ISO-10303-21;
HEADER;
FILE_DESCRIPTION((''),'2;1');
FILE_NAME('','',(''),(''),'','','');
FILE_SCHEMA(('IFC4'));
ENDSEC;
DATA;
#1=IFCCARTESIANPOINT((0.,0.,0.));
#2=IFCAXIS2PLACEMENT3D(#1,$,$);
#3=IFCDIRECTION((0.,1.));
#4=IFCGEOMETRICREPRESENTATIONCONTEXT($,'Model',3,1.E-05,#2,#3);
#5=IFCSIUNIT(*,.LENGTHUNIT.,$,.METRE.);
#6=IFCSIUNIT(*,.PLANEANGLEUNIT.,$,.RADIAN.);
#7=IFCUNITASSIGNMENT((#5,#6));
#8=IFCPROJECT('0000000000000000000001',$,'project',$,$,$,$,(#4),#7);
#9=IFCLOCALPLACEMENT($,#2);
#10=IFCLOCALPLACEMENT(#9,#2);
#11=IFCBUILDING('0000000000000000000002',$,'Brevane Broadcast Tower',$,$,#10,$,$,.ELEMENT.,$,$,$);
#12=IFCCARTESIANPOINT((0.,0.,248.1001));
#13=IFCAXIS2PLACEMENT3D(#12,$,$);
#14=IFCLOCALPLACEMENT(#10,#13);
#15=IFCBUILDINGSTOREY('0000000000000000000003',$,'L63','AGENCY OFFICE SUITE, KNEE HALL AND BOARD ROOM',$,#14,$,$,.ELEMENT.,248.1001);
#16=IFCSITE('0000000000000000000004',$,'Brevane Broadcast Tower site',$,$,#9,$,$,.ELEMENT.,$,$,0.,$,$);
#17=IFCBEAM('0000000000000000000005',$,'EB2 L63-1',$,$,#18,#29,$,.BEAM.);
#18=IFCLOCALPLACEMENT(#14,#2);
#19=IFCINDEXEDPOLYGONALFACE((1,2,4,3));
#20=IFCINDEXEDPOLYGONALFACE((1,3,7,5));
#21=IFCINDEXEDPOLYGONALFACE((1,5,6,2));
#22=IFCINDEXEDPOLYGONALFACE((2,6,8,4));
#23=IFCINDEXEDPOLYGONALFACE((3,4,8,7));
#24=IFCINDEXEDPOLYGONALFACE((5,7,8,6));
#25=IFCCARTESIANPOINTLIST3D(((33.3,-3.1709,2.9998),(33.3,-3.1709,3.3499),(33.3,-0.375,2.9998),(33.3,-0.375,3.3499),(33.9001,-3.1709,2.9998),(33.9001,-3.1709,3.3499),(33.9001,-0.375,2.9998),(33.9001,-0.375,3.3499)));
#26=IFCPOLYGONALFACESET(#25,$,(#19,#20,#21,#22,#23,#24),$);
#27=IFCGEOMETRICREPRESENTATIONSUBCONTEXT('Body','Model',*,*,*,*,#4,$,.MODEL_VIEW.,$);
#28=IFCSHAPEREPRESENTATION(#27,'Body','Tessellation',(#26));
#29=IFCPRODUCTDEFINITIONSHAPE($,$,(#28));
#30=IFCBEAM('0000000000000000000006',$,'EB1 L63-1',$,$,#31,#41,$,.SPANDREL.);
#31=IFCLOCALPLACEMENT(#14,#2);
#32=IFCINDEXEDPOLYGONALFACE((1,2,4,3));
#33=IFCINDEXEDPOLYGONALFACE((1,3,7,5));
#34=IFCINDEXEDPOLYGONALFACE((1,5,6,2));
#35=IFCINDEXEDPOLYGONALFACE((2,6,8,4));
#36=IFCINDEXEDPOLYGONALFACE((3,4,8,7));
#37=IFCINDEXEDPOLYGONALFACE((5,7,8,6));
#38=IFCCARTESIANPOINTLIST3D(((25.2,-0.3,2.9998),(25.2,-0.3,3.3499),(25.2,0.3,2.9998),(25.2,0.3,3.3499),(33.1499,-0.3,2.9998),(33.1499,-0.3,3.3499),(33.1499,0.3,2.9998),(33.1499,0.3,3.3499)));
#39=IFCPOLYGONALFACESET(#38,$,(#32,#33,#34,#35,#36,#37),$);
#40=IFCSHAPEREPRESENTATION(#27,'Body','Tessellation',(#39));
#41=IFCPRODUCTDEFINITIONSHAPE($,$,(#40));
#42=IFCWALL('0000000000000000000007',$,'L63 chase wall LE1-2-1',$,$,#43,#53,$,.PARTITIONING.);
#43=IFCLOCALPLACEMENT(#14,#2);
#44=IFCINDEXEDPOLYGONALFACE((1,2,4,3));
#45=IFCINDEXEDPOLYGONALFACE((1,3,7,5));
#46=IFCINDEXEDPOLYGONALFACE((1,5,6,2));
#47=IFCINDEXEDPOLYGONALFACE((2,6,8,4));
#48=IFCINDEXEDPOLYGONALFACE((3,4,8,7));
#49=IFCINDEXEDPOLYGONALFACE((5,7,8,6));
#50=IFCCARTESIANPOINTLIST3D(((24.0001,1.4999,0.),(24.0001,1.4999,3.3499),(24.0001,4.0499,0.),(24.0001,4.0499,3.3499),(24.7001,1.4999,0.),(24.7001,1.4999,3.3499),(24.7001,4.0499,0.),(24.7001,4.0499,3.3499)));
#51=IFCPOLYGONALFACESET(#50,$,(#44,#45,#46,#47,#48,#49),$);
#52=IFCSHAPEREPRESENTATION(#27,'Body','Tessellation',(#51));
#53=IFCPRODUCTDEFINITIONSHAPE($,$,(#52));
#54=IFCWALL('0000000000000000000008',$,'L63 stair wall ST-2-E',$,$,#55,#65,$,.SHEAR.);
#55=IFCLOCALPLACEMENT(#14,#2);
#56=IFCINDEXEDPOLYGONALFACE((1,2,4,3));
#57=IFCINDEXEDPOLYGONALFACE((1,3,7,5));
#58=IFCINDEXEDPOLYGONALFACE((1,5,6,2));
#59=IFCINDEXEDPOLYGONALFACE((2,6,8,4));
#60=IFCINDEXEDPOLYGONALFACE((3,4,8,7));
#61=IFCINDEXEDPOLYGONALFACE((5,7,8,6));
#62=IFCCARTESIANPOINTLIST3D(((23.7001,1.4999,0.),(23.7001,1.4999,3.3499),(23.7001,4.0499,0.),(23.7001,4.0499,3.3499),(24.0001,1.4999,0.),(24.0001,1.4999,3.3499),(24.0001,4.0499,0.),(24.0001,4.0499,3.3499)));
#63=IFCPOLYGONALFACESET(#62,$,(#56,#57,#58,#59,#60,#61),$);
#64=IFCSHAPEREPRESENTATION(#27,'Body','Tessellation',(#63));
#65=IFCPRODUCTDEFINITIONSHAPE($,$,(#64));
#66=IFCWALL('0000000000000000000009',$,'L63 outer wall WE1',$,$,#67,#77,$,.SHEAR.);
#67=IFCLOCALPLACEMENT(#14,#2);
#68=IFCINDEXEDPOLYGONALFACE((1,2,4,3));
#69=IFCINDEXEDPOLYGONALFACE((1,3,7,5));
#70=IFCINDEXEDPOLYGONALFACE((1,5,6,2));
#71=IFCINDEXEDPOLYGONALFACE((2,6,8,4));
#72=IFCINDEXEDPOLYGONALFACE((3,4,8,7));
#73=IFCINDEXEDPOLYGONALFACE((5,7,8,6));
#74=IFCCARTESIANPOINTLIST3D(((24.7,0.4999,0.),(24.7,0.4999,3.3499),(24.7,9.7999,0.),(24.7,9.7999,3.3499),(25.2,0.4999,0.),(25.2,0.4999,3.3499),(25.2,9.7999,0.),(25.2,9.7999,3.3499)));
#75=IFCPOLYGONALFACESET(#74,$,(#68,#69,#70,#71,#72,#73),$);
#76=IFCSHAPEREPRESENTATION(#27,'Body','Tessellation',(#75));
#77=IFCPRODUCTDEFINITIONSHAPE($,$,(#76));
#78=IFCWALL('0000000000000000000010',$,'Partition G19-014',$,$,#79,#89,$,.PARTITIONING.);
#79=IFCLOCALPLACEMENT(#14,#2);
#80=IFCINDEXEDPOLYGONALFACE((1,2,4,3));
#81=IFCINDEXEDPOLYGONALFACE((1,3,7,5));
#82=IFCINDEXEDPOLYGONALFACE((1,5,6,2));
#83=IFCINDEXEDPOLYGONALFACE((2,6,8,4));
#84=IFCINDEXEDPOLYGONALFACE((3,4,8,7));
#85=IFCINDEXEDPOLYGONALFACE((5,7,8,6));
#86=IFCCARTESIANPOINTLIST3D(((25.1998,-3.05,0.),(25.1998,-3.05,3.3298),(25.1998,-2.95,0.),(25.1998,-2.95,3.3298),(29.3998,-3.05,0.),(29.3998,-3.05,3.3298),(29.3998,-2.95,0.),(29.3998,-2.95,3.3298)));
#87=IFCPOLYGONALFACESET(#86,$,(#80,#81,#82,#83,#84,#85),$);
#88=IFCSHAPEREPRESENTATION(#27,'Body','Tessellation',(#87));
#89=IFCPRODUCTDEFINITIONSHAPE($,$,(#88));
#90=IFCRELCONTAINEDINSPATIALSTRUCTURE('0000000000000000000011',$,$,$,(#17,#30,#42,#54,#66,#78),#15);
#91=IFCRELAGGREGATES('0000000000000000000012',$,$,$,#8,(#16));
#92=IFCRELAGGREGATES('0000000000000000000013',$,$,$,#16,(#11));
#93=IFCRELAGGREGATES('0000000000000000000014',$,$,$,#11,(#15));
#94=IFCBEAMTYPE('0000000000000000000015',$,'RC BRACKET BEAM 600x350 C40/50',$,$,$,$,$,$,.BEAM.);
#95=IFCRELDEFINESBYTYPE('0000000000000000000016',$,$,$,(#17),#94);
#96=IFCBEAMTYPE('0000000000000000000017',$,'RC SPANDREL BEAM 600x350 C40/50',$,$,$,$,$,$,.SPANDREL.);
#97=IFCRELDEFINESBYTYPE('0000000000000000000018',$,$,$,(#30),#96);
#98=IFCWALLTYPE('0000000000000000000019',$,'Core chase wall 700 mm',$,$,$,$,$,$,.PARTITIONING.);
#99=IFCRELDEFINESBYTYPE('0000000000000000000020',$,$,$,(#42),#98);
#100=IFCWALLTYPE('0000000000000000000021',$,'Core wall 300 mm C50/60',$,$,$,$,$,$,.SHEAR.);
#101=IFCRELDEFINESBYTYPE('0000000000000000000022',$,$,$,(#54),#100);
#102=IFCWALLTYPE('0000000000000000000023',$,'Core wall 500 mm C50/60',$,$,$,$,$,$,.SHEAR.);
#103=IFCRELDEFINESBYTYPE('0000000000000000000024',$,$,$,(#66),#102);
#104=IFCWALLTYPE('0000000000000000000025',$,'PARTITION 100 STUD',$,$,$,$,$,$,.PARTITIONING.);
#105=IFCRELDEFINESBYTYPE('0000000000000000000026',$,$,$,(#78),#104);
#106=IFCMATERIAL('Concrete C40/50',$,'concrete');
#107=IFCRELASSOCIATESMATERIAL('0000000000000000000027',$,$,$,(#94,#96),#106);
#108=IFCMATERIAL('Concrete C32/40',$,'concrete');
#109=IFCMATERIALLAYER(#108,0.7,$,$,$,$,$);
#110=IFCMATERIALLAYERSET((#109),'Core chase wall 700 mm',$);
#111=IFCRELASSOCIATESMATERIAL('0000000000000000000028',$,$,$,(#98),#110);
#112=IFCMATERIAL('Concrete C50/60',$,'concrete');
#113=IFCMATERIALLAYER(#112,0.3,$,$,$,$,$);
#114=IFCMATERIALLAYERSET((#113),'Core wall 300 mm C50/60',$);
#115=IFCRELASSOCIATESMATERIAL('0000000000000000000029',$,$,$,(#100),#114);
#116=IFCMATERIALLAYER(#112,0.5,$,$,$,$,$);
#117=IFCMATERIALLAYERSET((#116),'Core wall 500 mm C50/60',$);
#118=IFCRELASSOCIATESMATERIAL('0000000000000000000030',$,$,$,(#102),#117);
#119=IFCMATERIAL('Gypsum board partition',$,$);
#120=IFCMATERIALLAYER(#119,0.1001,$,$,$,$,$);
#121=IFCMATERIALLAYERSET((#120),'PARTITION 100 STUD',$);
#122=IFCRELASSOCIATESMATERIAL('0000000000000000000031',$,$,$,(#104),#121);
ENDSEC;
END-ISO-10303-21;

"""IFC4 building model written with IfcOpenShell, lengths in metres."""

from ifc_helpers import new_model, si_unit, direction, frame, frame_2d, origin, origin_2d, place, context, subcontext, project, spatial, rectangle, extrude, material, layer, layer_set, material_profile, profile_set, type_object, element, save


model = new_model("IFC4")

# Units and contexts
model_context = context("Model", 3, precision=1e-05, world=origin(), true_north=direction((0.0, 1.0)))
body_context = subcontext(model_context, "Body", "Model", "MODEL_VIEW")
ifc_project = project(units=[si_unit("LENGTHUNIT", "METRE"), si_unit("PLANEANGLEUNIT", "RADIAN")], contexts=[model_context])

# Site, building, storey
site_placement = place(None, origin())
site = spatial("IfcSite", under=ifc_project, at=site_placement, Name="Brevane Broadcast Tower site", CompositionType="ELEMENT", RefElevation=0.0)
building_placement = place(site_placement, origin())
building = spatial("IfcBuilding", under=site, at=building_placement, Name="Brevane Broadcast Tower", CompositionType="ELEMENT")
storey_placement = place(building_placement, frame((0.0, 0.0, 248.1001)))
storey = spatial("IfcBuildingStorey", under=building, at=storey_placement, Name="L63", Description="AGENCY OFFICE SUITE, KNEE HALL AND BOARD ROOM", CompositionType="ELEMENT", Elevation=248.1001)

# Shared definitions
ifc_material_1 = material(Name="Concrete C50/60", Category="concrete")

# Beams
ifc_material_2 = material(Name="Concrete C40/50", Category="concrete")
ifc_material_profile_1 = material_profile(ifc_material_2, rectangle(XDim=0.6001, YDim=0.3501, at=origin_2d()), Name="RC 600x350")
ifc_profile_set_1 = profile_set([ifc_material_profile_1], Name="Concrete C40/50")
beam_type_1 = type_object("IfcBeamType", Name="RC BRACKET BEAM 600x350 C40/50", PredefinedType="BEAM", material=ifc_profile_set_1)
beam_1_placement = place(storey_placement, frame((33.6001, -0.375, 3.1748), z_axis=(0.0, -1.0, 0.0), x_axis=(1.0, 0.0, 0.0)))
element("IfcBeam", 1, at=beam_1_placement, inside=storey, type_object=beam_type_1, Name="EB2 L63-1", PredefinedType="BEAM", context=body_context, shape_type="SweptSolid", body=[
    extrude(rectangle(XDim=0.6001, YDim=0.3501, at=origin_2d()), origin(), (0.0, 0.0, 1.0), 2.7959),
])
ifc_material_profile_2 = material_profile(ifc_material_2, rectangle(XDim=0.6001, YDim=0.3501, at=origin_2d()), Name="RC 600x350")
ifc_profile_set_2 = profile_set([ifc_material_profile_2], Name="Concrete C40/50")
beam_type_2 = type_object("IfcBeamType", Name="RC SPANDREL BEAM 600x350 C40/50", PredefinedType="SPANDREL", material=ifc_profile_set_2)
beam_2_placement = place(storey_placement, frame((25.2, 0.0, 3.1748), z_axis=(1.0, 0.0, 0.0), x_axis=(0.0, 1.0, 0.0)))
element("IfcBeam", 2, at=beam_2_placement, inside=storey, type_object=beam_type_2, Name="EB1 L63-1", PredefinedType="SPANDREL", context=body_context, shape_type="SweptSolid", body=[
    extrude(rectangle(XDim=0.6001, YDim=0.3501, at=origin_2d()), origin(), (0.0, 0.0, 1.0), 7.95),
])

# Walls
ifc_material_3 = material(Name="Concrete C32/40", Category="concrete")
ifc_layer_1 = layer(ifc_material_3, 0.7)
ifc_layer_set_1 = layer_set([ifc_layer_1], Name="Core chase wall 700 mm")
wall_type_1 = type_object("IfcWallType", Name="Core chase wall 700 mm", PredefinedType="PARTITIONING", material=ifc_layer_set_1)
wall_1_placement = place(storey_placement, frame((24.3501, 1.5, 0.0), z_axis=(0.0, 0.0, 1.0), x_axis=(0.0, 1.0, 0.0)))
element("IfcWall", 3, at=wall_1_placement, inside=storey, type_object=wall_type_1, Name="L63 chase wall LE1-2-1", PredefinedType="PARTITIONING", context=body_context, shape_type="SweptSolid", body=[
    extrude(rectangle(XDim=2.55, YDim=0.7, at=frame_2d((1.2749, 0.0))), origin(), (0.0, 0.0, 1.0), 3.3499),
])
ifc_layer_2 = layer(ifc_material_1, 0.3)
ifc_layer_set_2 = layer_set([ifc_layer_2], Name="Core wall 300 mm C50/60")
wall_type_2 = type_object("IfcWallType", Name="Core wall 300 mm C50/60", PredefinedType="SHEAR", material=ifc_layer_set_2)
wall_2_placement = place(storey_placement, frame((23.8501, 1.5, 0.0), z_axis=(0.0, 0.0, 1.0), x_axis=(0.0, 1.0, 0.0)))
element("IfcWall", 4, at=wall_2_placement, inside=storey, type_object=wall_type_2, Name="L63 stair wall ST-2-E", PredefinedType="SHEAR", context=body_context, shape_type="SweptSolid", body=[
    extrude(rectangle(XDim=2.55, YDim=0.3, at=frame_2d((1.2749, 0.0))), origin(), (0.0, 0.0, 1.0), 3.3499),
])
ifc_layer_3 = layer(ifc_material_1, 0.5)
ifc_layer_set_3 = layer_set([ifc_layer_3], Name="Core wall 500 mm C50/60")
wall_type_3 = type_object("IfcWallType", Name="Core wall 500 mm C50/60", PredefinedType="SHEAR", material=ifc_layer_set_3)
wall_3_placement = place(storey_placement, frame((24.95, 0.5, 0.0), z_axis=(0.0, 0.0, 1.0), x_axis=(0.0, 1.0, 0.0)))
element("IfcWall", 5, at=wall_3_placement, inside=storey, type_object=wall_type_3, Name="L63 outer wall WE1", PredefinedType="SHEAR", context=body_context, shape_type="SweptSolid", body=[
    extrude(rectangle(XDim=9.3, YDim=0.5, at=frame_2d((4.6499, 0.0))), origin(), (0.0, 0.0, 1.0), 3.3499),
])
ifc_material_4 = material(Name="Gypsum board partition")
ifc_layer_4 = layer(ifc_material_4, 0.1001)
ifc_layer_set_4 = layer_set([ifc_layer_4], Name="PARTITION 100 STUD")
wall_type_4 = type_object("IfcWallType", Name="PARTITION 100 STUD", PredefinedType="PARTITIONING", material=ifc_layer_set_4)
wall_4_placement = place(storey_placement, frame((29.3999, -3.0, 0.0), z_axis=(0.0, 0.0, 1.0), x_axis=(-1.0, 0.0, 0.0)))
element("IfcWall", 6, at=wall_4_placement, inside=storey, type_object=wall_type_4, Name="Partition G19-014", PredefinedType="PARTITIONING", context=body_context, shape_type="SweptSolid", body=[
    extrude(rectangle(XDim=4.2, YDim=0.1001, at=frame_2d((2.1001, 0.0))), origin(), (0.0, 0.0, 1.0), 3.3298),
])

save(model, "model.ifc")
